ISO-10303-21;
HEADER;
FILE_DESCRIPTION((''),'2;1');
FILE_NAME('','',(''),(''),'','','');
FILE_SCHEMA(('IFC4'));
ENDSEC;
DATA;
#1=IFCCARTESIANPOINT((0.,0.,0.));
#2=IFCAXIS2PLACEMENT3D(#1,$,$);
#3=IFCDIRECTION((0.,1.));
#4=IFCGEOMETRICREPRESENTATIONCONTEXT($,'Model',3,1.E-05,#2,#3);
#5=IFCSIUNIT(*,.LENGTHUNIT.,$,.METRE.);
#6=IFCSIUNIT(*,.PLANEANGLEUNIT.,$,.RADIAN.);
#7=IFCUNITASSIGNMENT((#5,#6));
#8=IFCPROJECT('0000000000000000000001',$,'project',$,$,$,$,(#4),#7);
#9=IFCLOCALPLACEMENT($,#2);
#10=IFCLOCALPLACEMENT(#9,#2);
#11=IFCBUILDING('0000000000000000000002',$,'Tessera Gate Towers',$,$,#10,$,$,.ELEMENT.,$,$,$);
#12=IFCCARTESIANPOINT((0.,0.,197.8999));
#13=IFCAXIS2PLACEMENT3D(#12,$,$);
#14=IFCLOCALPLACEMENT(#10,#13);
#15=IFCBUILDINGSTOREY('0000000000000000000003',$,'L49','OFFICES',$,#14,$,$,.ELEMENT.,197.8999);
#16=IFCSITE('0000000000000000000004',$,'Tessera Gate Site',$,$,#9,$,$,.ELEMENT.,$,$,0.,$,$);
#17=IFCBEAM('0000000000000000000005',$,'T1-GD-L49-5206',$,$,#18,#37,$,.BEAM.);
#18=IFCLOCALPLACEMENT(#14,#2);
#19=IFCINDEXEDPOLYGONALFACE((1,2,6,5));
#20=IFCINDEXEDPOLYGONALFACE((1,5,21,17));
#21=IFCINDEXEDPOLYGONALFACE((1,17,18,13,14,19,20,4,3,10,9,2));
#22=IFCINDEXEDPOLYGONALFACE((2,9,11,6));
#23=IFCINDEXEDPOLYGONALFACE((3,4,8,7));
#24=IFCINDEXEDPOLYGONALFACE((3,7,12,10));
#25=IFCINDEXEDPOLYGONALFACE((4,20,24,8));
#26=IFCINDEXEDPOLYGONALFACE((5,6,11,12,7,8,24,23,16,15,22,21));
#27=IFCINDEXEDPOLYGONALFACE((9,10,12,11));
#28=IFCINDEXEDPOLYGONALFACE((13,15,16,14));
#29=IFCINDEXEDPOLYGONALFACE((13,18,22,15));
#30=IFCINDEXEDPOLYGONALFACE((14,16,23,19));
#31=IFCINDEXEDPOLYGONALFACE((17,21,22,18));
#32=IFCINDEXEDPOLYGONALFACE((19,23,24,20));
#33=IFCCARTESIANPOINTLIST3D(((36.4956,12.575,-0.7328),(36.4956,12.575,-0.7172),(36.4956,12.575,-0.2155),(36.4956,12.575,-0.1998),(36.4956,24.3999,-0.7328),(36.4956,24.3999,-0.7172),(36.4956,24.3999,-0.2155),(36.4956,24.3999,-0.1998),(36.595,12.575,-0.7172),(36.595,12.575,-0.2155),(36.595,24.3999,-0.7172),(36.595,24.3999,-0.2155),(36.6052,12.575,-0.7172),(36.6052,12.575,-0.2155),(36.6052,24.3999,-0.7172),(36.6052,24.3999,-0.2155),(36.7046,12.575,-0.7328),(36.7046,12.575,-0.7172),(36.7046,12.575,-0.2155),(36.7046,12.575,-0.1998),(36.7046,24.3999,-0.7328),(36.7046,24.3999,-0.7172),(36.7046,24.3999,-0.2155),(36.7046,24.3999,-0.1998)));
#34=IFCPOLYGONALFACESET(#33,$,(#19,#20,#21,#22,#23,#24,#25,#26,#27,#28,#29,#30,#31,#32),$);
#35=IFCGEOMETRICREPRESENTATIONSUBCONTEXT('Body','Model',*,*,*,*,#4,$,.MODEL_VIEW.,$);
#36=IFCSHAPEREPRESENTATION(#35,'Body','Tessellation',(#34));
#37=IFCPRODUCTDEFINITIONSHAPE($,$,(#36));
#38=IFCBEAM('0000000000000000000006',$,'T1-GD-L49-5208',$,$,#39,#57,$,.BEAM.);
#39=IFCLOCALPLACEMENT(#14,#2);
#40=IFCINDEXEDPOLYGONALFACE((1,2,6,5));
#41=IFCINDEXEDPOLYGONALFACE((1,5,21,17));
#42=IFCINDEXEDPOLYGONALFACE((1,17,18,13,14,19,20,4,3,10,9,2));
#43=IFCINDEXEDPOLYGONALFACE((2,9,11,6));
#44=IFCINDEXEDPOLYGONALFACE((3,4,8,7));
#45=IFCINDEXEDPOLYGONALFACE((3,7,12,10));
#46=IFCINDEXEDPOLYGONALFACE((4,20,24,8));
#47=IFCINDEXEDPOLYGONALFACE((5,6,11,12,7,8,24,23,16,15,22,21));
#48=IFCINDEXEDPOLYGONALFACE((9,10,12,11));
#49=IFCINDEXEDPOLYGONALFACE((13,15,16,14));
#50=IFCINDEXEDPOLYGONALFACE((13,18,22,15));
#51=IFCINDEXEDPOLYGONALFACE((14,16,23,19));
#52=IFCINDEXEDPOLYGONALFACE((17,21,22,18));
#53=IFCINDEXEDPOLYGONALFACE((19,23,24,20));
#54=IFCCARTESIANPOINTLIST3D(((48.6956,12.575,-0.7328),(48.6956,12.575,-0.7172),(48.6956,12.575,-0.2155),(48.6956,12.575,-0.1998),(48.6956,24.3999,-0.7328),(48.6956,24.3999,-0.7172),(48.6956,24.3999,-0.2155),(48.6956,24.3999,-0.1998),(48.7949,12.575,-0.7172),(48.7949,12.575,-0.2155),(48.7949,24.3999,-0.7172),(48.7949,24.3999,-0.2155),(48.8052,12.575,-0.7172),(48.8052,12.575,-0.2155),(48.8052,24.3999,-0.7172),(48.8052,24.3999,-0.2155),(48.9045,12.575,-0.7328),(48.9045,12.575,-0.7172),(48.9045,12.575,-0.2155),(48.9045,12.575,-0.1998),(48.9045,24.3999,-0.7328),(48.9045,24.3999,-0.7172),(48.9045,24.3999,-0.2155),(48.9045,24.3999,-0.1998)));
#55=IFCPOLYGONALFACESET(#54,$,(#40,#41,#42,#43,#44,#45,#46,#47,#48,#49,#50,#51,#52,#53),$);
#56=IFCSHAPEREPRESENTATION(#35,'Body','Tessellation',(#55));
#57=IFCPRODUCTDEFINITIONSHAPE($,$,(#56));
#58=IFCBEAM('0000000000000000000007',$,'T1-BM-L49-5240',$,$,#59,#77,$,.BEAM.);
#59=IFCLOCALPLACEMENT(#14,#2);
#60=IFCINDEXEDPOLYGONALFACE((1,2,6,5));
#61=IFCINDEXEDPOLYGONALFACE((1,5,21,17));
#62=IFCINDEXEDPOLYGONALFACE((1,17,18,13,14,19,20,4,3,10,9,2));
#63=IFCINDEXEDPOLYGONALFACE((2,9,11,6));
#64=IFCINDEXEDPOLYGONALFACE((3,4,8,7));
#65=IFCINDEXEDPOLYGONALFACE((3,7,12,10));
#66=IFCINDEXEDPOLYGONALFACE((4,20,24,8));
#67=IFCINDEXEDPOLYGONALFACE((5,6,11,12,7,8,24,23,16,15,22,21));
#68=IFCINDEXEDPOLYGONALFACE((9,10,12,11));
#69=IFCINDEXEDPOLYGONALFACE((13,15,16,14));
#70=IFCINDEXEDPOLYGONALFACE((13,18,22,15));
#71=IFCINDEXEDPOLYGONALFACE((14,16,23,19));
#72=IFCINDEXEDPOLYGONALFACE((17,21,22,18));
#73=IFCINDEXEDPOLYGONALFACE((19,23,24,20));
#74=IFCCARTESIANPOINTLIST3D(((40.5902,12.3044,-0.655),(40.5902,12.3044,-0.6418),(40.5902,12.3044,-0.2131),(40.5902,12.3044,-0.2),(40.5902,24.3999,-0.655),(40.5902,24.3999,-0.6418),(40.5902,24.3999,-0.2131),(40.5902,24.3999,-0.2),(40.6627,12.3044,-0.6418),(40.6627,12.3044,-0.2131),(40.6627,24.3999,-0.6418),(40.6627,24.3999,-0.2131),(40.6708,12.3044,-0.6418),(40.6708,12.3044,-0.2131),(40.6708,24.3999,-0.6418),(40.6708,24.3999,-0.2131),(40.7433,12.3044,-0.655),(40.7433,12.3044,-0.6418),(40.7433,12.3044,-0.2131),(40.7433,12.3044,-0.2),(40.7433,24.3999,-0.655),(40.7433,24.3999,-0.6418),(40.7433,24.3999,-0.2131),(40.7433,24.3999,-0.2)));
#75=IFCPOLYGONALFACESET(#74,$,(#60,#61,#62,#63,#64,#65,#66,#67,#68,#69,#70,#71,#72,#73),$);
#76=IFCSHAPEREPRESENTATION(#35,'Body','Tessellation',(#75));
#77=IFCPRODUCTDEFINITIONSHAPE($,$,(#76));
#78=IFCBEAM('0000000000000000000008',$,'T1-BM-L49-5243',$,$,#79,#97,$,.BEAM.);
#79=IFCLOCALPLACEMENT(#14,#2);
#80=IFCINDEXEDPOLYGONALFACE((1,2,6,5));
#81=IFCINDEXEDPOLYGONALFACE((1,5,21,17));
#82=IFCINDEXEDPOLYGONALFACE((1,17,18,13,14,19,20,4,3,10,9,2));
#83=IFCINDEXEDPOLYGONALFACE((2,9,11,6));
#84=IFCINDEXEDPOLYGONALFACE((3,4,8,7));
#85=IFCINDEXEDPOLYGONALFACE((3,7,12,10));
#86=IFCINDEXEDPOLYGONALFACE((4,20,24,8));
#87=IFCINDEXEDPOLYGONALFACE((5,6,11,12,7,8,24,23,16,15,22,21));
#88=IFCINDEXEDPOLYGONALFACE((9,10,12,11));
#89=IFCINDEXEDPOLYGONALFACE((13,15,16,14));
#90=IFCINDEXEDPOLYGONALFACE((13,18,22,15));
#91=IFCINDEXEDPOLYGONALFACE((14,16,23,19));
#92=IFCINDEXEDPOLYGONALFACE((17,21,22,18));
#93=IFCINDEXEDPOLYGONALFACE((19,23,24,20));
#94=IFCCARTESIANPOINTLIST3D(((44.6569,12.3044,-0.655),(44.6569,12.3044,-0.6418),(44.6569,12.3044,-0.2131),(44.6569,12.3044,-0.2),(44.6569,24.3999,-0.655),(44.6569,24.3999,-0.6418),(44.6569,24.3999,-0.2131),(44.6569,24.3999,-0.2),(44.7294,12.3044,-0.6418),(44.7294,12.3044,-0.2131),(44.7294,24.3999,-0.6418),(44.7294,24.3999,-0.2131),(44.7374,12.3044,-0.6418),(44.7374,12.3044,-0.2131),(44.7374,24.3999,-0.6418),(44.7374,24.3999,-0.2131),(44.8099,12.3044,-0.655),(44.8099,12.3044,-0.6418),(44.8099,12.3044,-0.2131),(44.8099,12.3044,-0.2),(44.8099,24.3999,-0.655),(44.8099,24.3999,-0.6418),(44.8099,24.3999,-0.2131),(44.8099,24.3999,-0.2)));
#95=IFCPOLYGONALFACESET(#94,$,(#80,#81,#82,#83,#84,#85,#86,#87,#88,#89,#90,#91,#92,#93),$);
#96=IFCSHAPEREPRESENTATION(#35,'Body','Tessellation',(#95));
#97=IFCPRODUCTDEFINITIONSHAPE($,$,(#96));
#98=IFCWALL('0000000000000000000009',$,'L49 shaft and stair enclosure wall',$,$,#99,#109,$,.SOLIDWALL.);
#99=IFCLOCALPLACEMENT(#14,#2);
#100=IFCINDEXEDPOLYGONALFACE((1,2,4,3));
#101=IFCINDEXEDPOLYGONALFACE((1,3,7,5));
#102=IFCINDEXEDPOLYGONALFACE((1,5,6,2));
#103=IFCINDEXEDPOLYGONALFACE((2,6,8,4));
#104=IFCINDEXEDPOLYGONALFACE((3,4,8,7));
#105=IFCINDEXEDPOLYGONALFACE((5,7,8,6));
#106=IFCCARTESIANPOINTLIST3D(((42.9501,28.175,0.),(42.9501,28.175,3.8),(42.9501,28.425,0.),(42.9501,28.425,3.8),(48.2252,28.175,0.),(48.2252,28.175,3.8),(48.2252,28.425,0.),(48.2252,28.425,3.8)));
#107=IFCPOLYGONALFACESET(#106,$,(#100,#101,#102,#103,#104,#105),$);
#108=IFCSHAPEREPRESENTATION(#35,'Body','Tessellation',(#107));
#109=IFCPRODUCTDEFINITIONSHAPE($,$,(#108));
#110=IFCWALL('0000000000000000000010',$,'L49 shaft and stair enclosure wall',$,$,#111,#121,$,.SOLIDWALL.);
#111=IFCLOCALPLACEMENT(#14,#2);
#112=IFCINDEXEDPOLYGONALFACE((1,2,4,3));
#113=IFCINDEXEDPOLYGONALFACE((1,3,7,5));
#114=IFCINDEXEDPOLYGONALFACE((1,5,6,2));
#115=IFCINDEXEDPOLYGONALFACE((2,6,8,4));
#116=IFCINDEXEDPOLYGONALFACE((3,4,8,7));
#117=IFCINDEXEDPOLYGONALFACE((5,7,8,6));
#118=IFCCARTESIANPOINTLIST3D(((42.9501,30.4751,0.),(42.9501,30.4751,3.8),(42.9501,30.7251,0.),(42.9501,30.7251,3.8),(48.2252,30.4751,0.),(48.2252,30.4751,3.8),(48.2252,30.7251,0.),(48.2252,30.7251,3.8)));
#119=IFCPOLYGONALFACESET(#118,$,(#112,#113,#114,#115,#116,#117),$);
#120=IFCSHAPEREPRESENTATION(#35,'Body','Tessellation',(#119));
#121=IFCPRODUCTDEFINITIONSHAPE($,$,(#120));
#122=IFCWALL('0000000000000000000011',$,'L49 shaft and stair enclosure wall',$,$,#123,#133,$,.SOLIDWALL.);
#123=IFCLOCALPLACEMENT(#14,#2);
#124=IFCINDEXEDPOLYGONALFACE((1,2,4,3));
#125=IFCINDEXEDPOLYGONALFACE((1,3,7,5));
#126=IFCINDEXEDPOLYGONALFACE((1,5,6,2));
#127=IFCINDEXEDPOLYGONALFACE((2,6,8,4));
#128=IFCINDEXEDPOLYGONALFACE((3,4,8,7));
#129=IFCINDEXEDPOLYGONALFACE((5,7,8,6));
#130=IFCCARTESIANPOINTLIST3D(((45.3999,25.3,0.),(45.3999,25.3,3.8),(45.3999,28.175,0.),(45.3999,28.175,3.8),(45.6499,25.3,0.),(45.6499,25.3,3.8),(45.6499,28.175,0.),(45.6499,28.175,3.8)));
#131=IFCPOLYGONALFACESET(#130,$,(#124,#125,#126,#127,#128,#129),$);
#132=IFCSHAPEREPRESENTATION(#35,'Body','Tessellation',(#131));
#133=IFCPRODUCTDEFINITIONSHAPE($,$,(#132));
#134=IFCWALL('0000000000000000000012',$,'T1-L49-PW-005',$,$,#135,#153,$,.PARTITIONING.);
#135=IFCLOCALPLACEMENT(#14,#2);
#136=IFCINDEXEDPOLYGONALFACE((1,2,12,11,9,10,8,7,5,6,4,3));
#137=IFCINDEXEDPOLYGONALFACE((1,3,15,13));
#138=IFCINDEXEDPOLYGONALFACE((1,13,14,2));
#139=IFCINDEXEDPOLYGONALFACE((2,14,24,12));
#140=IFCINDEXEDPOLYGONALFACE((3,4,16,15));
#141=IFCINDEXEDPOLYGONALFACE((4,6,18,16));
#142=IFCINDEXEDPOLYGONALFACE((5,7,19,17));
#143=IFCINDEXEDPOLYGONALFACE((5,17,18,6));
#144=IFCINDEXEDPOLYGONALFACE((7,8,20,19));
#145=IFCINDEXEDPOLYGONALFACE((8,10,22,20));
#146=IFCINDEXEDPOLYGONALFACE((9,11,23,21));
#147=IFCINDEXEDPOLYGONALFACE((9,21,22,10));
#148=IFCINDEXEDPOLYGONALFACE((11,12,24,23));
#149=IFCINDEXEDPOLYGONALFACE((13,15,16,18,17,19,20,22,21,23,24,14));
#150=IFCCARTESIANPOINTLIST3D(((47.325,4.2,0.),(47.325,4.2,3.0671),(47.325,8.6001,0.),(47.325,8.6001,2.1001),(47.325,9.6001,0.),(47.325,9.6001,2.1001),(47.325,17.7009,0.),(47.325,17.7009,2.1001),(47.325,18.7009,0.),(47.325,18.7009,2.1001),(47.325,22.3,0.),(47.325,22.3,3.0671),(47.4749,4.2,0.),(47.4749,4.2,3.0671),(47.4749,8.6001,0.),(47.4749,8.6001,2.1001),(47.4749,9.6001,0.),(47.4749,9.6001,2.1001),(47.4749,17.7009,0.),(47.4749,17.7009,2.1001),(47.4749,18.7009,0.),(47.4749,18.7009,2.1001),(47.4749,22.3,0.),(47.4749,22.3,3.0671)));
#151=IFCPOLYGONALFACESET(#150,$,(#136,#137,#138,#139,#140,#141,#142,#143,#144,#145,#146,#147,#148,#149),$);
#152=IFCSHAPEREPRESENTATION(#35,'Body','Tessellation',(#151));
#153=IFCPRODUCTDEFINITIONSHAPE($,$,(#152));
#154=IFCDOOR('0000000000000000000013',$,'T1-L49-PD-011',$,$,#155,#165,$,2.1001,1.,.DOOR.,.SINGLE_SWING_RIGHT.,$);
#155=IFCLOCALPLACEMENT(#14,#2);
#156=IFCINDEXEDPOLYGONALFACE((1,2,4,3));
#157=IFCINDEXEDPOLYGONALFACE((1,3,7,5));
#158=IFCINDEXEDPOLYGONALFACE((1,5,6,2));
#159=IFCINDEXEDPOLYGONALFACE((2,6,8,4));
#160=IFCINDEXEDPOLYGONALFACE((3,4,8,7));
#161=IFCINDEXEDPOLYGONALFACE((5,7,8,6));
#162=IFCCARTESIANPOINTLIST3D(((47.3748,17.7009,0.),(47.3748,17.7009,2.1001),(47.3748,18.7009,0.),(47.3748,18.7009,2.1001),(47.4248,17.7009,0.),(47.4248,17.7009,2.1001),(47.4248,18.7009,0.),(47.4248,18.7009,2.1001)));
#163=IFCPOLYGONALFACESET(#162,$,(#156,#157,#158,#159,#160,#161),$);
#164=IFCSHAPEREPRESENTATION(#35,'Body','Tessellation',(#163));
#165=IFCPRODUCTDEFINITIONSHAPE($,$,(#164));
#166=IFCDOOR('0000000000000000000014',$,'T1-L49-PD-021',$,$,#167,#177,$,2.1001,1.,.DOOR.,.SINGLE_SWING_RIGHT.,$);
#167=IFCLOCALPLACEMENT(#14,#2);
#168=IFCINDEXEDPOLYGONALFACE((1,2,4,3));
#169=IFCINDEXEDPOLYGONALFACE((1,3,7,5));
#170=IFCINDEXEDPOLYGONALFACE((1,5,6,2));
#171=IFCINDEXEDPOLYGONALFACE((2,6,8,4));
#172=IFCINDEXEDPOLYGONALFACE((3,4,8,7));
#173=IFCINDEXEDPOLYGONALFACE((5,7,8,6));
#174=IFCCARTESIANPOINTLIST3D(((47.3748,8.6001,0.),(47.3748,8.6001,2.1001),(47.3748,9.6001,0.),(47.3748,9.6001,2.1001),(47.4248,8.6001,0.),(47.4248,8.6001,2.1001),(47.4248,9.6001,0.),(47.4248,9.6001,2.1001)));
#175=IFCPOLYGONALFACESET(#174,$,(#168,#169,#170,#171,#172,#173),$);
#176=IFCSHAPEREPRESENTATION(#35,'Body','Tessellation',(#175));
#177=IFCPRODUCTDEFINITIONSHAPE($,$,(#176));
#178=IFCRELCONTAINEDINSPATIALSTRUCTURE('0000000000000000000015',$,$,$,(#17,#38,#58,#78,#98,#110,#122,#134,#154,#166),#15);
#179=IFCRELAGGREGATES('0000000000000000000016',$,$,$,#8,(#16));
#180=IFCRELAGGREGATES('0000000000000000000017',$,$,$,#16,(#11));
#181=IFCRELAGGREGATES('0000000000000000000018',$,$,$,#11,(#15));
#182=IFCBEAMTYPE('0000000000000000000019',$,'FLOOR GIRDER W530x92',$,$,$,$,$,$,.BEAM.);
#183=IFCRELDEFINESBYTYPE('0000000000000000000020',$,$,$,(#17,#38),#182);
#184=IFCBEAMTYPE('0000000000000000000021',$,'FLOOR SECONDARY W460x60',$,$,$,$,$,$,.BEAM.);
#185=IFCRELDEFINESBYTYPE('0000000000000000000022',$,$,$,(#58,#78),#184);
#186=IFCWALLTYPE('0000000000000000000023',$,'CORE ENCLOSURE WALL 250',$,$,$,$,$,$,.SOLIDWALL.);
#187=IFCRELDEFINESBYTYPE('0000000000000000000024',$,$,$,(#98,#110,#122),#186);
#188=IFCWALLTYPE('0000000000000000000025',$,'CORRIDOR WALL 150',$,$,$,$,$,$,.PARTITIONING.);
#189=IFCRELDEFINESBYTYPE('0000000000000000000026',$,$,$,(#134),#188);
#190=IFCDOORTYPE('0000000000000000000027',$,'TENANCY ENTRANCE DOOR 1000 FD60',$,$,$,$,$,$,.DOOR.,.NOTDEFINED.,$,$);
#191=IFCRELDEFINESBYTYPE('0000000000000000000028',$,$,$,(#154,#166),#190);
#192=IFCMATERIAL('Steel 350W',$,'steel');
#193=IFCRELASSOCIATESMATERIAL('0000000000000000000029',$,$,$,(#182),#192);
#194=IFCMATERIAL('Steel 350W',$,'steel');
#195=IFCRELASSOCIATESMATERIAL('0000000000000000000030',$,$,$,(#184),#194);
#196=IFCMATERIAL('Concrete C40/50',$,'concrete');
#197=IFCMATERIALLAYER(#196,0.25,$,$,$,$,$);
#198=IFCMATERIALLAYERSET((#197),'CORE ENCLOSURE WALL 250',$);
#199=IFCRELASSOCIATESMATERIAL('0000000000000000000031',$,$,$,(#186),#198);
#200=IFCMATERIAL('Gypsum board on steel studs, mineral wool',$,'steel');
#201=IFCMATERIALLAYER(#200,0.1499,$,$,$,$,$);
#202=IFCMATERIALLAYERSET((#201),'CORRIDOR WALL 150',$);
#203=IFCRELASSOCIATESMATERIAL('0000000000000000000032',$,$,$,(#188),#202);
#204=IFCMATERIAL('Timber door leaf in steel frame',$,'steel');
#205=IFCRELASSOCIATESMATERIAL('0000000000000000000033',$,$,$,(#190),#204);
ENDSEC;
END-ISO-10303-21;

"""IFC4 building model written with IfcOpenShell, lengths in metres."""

from ifc_helpers import new_model, si_unit, direction, frame, frame_2d, origin, origin_2d, place, context, subcontext, project, spatial, rectangle, i_section, extrude, source, transform, mapped, material, layer, layer_set, material_profile, profile_set, type_object, element, fill, save


model = new_model("IFC4")

# Units and contexts
model_context = context("Model", 3, precision=1e-05, world=origin(), true_north=direction((0.0, 1.0)))
body_context = subcontext(model_context, "Body", "Model", "MODEL_VIEW")
ifc_project = project(units=[si_unit("LENGTHUNIT", "METRE"), si_unit("PLANEANGLEUNIT", "RADIAN")], contexts=[model_context])

# Site, building, storey
site_placement = place(None, origin())
site = spatial("IfcSite", under=ifc_project, at=site_placement, Name="Tessera Gate Site", CompositionType="ELEMENT", RefElevation=0.0)
building_placement = place(site_placement, origin())
building = spatial("IfcBuilding", under=site, at=building_placement, Name="Tessera Gate Towers", CompositionType="ELEMENT")
storey_placement = place(building_placement, frame((0.0, 0.0, 197.8999)))
storey = spatial("IfcBuildingStorey", under=building, at=storey_placement, Name="L49", Description="OFFICES", CompositionType="ELEMENT", Elevation=197.8999)

# Beams
ifc_material_1 = material(Name="Steel 350W", Category="steel")
ifc_material_profile_1 = material_profile(ifc_material_1, i_section(OverallWidth=0.209, OverallDepth=0.533, WebThickness=0.0103, FlangeThickness=0.0156, at=origin_2d()), Name="W530x92")
ifc_profile_set_1 = profile_set([ifc_material_profile_1], Name="Steel 350W")
beam_type_1 = type_object("IfcBeamType", Name="FLOOR GIRDER W530x92", PredefinedType="BEAM", material=ifc_profile_set_1)
for number, where, z_axis, x_axis, name in (
    (1, (36.6001, 12.575, -0.4663), (0.0, 1.0, 0.0), (-1.0, 0.0, 0.0), "T1-GD-L49-5206"),
    (2, (48.8, 12.575, -0.4663), (0.0, 1.0, 0.0), (-1.0, 0.0, 0.0), "T1-GD-L49-5208"),
):
    element("IfcBeam", number, at=place(storey_placement, frame(where, z_axis=z_axis, x_axis=x_axis)), inside=storey, type_object=beam_type_1, Name=name, PredefinedType="BEAM", context=body_context, shape_type="SweptSolid", body=[
        extrude(i_section(OverallWidth=0.209, OverallDepth=0.533, WebThickness=0.0103, FlangeThickness=0.0156, at=origin_2d()), origin(), (0.0, 0.0, 1.0), 11.825),
    ])
ifc_material_2 = material(Name="Steel 350W", Category="steel")
ifc_material_profile_2 = material_profile(ifc_material_2, i_section(OverallWidth=0.1531, OverallDepth=0.4551, WebThickness=0.0081, FlangeThickness=0.0132, at=origin_2d()), Name="W460x60")
ifc_profile_set_2 = profile_set([ifc_material_profile_2], Name="Steel 350W")
beam_type_2 = type_object("IfcBeamType", Name="FLOOR SECONDARY W460x60", PredefinedType="BEAM", material=ifc_profile_set_2)
for number, where, z_axis, x_axis, name in (
    (3, (40.6667, 12.3044, -0.4275), (0.0, 1.0, 0.0), (-1.0, 0.0, 0.0), "T1-BM-L49-5240"),
    (4, (44.7334, 12.3044, -0.4275), (0.0, 1.0, 0.0), (-1.0, 0.0, 0.0), "T1-BM-L49-5243"),
):
    element("IfcBeam", number, at=place(storey_placement, frame(where, z_axis=z_axis, x_axis=x_axis)), inside=storey, type_object=beam_type_2, Name=name, PredefinedType="BEAM", context=body_context, shape_type="SweptSolid", body=[
        extrude(i_section(OverallWidth=0.1531, OverallDepth=0.4551, WebThickness=0.0081, FlangeThickness=0.0132, at=origin_2d()), origin(), (0.0, 0.0, 1.0), 12.0955),
    ])

# Walls
ifc_material_3 = material(Name="Concrete C40/50", Category="concrete")
ifc_layer_1 = layer(ifc_material_3, 0.25)
ifc_layer_set_1 = layer_set([ifc_layer_1], Name="CORE ENCLOSURE WALL 250")
wall_type_1 = type_object("IfcWallType", Name="CORE ENCLOSURE WALL 250", PredefinedType="SOLIDWALL", material=ifc_layer_set_1)
for number, where, z_axis, x_axis, name in (
    (5, (42.95, 28.3, 0.0), (0.0, 0.0, 1.0), (1.0, 0.0, 0.0), "L49 shaft and stair enclosure wall"),
    (6, (42.95, 30.6001, 0.0), (0.0, 0.0, 1.0), (1.0, 0.0, 0.0), "L49 shaft and stair enclosure wall"),
):
    element("IfcWall", number, at=place(storey_placement, frame(where, z_axis=z_axis, x_axis=x_axis)), inside=storey, type_object=wall_type_1, Name=name, PredefinedType="SOLIDWALL", context=body_context, shape_type="SweptSolid", body=[
        extrude(rectangle(XDim=5.2751, YDim=0.25, at=frame_2d((2.6377, 0.0))), origin(), (0.0, 0.0, 1.0), 3.8),
    ])
wall_1_placement = place(storey_placement, frame((45.5249, 25.3, 0.0), z_axis=(0.0, 0.0, 1.0), x_axis=(0.0, 1.0, 0.0)))
element("IfcWall", 7, at=wall_1_placement, inside=storey, type_object=wall_type_1, Name="L49 shaft and stair enclosure wall", PredefinedType="SOLIDWALL", context=body_context, shape_type="SweptSolid", body=[
    extrude(rectangle(XDim=2.875, YDim=0.25, at=frame_2d((1.4375, 0.0))), origin(), (0.0, 0.0, 1.0), 3.8),
])

# Wall, openings, doors
ifc_material_4 = material(Name="Gypsum board on steel studs, mineral wool", Category="steel")
ifc_layer_2 = layer(ifc_material_4, 0.1499)
ifc_layer_set_2 = layer_set([ifc_layer_2], Name="CORRIDOR WALL 150")
wall_type_2 = type_object("IfcWallType", Name="CORRIDOR WALL 150", PredefinedType="PARTITIONING", material=ifc_layer_set_2)
wall_2_placement = place(storey_placement, frame((47.3999, 22.3, 0.0), z_axis=(0.0, 0.0, 1.0), x_axis=(0.0, -1.0, 0.0)))
wall_2 = element("IfcWall", 8, at=wall_2_placement, inside=storey, type_object=wall_type_2, Name="T1-L49-PW-005", PredefinedType="PARTITIONING", context=body_context, shape_type="SweptSolid", body=[
    extrude(rectangle(XDim=18.1001, YDim=0.1499, at=frame_2d((9.05, 0.0))), origin(), (0.0, 0.0, 1.0), 3.0671),
])
shared_shape_1 = source(origin(), body_context, "Body", "SweptSolid", [
    extrude(rectangle(XDim=1.0, YDim=2.1001, at=frame_2d((0.5, 1.05))), frame((0.0, 0.085, 0.0), z_axis=(0.0, -1.0, 0.0), x_axis=(1.0, 0.0, 0.0)), (0.0, 0.0, 1.0), 0.1699),
])
opening_1_placement = place(wall_2_placement, frame((3.5991, 0.0, 0.0)))
opening_1 = element("IfcOpeningElement", 9, at=opening_1_placement, cuts=wall_2, PredefinedType="OPENING", context=body_context, shape_type="MappedRepresentation", body=[
    mapped(shared_shape_1, transform((0.0, 0.0, 0.0), scale=1.0)),
])
opening_2_placement = place(wall_2_placement, frame((12.7, 0.0, 0.0)))
opening_2 = element("IfcOpeningElement", 10, at=opening_2_placement, cuts=wall_2, PredefinedType="OPENING", context=body_context, shape_type="MappedRepresentation", body=[
    mapped(shared_shape_1, transform((0.0, 0.0, 0.0), scale=1.0)),
])
ifc_material_5 = material(Name="Timber door leaf in steel frame", Category="steel")
door_type_1 = type_object("IfcDoorType", Name="TENANCY ENTRANCE DOOR 1000 FD60", OperationType="NOTDEFINED", PredefinedType="DOOR", material=ifc_material_5)
shared_shape_2 = source(origin(), body_context, "Body", "SweptSolid", [
    extrude(rectangle(XDim=1.0, YDim=2.1001, at=frame_2d((0.5, 1.05))), frame((0.0, 0.0249, 0.0), z_axis=(0.0, -1.0, 0.0), x_axis=(1.0, 0.0, 0.0)), (0.0, 0.0, 1.0), 0.05),
])
door_1_placement = place(opening_1_placement, origin())
door_1 = element("IfcDoor", 11, at=door_1_placement, inside=storey, type_object=door_type_1, Name="T1-L49-PD-011", OperationType="SINGLE_SWING_RIGHT", OverallHeight=2.1001, OverallWidth=1.0, PredefinedType="DOOR", context=body_context, shape_type="MappedRepresentation", body=[
    mapped(shared_shape_2, transform((0.0, 0.0, 0.0), scale=1.0)),
])
fill(opening_1, door_1)
door_2_placement = place(opening_2_placement, origin())
door_2 = element("IfcDoor", 12, at=door_2_placement, inside=storey, type_object=door_type_1, Name="T1-L49-PD-021", OperationType="SINGLE_SWING_RIGHT", OverallHeight=2.1001, OverallWidth=1.0, PredefinedType="DOOR", context=body_context, shape_type="MappedRepresentation", body=[
    mapped(shared_shape_2, transform((0.0, 0.0, 0.0), scale=1.0)),
])
fill(opening_2, door_2)

save(model, "model.ifc")
